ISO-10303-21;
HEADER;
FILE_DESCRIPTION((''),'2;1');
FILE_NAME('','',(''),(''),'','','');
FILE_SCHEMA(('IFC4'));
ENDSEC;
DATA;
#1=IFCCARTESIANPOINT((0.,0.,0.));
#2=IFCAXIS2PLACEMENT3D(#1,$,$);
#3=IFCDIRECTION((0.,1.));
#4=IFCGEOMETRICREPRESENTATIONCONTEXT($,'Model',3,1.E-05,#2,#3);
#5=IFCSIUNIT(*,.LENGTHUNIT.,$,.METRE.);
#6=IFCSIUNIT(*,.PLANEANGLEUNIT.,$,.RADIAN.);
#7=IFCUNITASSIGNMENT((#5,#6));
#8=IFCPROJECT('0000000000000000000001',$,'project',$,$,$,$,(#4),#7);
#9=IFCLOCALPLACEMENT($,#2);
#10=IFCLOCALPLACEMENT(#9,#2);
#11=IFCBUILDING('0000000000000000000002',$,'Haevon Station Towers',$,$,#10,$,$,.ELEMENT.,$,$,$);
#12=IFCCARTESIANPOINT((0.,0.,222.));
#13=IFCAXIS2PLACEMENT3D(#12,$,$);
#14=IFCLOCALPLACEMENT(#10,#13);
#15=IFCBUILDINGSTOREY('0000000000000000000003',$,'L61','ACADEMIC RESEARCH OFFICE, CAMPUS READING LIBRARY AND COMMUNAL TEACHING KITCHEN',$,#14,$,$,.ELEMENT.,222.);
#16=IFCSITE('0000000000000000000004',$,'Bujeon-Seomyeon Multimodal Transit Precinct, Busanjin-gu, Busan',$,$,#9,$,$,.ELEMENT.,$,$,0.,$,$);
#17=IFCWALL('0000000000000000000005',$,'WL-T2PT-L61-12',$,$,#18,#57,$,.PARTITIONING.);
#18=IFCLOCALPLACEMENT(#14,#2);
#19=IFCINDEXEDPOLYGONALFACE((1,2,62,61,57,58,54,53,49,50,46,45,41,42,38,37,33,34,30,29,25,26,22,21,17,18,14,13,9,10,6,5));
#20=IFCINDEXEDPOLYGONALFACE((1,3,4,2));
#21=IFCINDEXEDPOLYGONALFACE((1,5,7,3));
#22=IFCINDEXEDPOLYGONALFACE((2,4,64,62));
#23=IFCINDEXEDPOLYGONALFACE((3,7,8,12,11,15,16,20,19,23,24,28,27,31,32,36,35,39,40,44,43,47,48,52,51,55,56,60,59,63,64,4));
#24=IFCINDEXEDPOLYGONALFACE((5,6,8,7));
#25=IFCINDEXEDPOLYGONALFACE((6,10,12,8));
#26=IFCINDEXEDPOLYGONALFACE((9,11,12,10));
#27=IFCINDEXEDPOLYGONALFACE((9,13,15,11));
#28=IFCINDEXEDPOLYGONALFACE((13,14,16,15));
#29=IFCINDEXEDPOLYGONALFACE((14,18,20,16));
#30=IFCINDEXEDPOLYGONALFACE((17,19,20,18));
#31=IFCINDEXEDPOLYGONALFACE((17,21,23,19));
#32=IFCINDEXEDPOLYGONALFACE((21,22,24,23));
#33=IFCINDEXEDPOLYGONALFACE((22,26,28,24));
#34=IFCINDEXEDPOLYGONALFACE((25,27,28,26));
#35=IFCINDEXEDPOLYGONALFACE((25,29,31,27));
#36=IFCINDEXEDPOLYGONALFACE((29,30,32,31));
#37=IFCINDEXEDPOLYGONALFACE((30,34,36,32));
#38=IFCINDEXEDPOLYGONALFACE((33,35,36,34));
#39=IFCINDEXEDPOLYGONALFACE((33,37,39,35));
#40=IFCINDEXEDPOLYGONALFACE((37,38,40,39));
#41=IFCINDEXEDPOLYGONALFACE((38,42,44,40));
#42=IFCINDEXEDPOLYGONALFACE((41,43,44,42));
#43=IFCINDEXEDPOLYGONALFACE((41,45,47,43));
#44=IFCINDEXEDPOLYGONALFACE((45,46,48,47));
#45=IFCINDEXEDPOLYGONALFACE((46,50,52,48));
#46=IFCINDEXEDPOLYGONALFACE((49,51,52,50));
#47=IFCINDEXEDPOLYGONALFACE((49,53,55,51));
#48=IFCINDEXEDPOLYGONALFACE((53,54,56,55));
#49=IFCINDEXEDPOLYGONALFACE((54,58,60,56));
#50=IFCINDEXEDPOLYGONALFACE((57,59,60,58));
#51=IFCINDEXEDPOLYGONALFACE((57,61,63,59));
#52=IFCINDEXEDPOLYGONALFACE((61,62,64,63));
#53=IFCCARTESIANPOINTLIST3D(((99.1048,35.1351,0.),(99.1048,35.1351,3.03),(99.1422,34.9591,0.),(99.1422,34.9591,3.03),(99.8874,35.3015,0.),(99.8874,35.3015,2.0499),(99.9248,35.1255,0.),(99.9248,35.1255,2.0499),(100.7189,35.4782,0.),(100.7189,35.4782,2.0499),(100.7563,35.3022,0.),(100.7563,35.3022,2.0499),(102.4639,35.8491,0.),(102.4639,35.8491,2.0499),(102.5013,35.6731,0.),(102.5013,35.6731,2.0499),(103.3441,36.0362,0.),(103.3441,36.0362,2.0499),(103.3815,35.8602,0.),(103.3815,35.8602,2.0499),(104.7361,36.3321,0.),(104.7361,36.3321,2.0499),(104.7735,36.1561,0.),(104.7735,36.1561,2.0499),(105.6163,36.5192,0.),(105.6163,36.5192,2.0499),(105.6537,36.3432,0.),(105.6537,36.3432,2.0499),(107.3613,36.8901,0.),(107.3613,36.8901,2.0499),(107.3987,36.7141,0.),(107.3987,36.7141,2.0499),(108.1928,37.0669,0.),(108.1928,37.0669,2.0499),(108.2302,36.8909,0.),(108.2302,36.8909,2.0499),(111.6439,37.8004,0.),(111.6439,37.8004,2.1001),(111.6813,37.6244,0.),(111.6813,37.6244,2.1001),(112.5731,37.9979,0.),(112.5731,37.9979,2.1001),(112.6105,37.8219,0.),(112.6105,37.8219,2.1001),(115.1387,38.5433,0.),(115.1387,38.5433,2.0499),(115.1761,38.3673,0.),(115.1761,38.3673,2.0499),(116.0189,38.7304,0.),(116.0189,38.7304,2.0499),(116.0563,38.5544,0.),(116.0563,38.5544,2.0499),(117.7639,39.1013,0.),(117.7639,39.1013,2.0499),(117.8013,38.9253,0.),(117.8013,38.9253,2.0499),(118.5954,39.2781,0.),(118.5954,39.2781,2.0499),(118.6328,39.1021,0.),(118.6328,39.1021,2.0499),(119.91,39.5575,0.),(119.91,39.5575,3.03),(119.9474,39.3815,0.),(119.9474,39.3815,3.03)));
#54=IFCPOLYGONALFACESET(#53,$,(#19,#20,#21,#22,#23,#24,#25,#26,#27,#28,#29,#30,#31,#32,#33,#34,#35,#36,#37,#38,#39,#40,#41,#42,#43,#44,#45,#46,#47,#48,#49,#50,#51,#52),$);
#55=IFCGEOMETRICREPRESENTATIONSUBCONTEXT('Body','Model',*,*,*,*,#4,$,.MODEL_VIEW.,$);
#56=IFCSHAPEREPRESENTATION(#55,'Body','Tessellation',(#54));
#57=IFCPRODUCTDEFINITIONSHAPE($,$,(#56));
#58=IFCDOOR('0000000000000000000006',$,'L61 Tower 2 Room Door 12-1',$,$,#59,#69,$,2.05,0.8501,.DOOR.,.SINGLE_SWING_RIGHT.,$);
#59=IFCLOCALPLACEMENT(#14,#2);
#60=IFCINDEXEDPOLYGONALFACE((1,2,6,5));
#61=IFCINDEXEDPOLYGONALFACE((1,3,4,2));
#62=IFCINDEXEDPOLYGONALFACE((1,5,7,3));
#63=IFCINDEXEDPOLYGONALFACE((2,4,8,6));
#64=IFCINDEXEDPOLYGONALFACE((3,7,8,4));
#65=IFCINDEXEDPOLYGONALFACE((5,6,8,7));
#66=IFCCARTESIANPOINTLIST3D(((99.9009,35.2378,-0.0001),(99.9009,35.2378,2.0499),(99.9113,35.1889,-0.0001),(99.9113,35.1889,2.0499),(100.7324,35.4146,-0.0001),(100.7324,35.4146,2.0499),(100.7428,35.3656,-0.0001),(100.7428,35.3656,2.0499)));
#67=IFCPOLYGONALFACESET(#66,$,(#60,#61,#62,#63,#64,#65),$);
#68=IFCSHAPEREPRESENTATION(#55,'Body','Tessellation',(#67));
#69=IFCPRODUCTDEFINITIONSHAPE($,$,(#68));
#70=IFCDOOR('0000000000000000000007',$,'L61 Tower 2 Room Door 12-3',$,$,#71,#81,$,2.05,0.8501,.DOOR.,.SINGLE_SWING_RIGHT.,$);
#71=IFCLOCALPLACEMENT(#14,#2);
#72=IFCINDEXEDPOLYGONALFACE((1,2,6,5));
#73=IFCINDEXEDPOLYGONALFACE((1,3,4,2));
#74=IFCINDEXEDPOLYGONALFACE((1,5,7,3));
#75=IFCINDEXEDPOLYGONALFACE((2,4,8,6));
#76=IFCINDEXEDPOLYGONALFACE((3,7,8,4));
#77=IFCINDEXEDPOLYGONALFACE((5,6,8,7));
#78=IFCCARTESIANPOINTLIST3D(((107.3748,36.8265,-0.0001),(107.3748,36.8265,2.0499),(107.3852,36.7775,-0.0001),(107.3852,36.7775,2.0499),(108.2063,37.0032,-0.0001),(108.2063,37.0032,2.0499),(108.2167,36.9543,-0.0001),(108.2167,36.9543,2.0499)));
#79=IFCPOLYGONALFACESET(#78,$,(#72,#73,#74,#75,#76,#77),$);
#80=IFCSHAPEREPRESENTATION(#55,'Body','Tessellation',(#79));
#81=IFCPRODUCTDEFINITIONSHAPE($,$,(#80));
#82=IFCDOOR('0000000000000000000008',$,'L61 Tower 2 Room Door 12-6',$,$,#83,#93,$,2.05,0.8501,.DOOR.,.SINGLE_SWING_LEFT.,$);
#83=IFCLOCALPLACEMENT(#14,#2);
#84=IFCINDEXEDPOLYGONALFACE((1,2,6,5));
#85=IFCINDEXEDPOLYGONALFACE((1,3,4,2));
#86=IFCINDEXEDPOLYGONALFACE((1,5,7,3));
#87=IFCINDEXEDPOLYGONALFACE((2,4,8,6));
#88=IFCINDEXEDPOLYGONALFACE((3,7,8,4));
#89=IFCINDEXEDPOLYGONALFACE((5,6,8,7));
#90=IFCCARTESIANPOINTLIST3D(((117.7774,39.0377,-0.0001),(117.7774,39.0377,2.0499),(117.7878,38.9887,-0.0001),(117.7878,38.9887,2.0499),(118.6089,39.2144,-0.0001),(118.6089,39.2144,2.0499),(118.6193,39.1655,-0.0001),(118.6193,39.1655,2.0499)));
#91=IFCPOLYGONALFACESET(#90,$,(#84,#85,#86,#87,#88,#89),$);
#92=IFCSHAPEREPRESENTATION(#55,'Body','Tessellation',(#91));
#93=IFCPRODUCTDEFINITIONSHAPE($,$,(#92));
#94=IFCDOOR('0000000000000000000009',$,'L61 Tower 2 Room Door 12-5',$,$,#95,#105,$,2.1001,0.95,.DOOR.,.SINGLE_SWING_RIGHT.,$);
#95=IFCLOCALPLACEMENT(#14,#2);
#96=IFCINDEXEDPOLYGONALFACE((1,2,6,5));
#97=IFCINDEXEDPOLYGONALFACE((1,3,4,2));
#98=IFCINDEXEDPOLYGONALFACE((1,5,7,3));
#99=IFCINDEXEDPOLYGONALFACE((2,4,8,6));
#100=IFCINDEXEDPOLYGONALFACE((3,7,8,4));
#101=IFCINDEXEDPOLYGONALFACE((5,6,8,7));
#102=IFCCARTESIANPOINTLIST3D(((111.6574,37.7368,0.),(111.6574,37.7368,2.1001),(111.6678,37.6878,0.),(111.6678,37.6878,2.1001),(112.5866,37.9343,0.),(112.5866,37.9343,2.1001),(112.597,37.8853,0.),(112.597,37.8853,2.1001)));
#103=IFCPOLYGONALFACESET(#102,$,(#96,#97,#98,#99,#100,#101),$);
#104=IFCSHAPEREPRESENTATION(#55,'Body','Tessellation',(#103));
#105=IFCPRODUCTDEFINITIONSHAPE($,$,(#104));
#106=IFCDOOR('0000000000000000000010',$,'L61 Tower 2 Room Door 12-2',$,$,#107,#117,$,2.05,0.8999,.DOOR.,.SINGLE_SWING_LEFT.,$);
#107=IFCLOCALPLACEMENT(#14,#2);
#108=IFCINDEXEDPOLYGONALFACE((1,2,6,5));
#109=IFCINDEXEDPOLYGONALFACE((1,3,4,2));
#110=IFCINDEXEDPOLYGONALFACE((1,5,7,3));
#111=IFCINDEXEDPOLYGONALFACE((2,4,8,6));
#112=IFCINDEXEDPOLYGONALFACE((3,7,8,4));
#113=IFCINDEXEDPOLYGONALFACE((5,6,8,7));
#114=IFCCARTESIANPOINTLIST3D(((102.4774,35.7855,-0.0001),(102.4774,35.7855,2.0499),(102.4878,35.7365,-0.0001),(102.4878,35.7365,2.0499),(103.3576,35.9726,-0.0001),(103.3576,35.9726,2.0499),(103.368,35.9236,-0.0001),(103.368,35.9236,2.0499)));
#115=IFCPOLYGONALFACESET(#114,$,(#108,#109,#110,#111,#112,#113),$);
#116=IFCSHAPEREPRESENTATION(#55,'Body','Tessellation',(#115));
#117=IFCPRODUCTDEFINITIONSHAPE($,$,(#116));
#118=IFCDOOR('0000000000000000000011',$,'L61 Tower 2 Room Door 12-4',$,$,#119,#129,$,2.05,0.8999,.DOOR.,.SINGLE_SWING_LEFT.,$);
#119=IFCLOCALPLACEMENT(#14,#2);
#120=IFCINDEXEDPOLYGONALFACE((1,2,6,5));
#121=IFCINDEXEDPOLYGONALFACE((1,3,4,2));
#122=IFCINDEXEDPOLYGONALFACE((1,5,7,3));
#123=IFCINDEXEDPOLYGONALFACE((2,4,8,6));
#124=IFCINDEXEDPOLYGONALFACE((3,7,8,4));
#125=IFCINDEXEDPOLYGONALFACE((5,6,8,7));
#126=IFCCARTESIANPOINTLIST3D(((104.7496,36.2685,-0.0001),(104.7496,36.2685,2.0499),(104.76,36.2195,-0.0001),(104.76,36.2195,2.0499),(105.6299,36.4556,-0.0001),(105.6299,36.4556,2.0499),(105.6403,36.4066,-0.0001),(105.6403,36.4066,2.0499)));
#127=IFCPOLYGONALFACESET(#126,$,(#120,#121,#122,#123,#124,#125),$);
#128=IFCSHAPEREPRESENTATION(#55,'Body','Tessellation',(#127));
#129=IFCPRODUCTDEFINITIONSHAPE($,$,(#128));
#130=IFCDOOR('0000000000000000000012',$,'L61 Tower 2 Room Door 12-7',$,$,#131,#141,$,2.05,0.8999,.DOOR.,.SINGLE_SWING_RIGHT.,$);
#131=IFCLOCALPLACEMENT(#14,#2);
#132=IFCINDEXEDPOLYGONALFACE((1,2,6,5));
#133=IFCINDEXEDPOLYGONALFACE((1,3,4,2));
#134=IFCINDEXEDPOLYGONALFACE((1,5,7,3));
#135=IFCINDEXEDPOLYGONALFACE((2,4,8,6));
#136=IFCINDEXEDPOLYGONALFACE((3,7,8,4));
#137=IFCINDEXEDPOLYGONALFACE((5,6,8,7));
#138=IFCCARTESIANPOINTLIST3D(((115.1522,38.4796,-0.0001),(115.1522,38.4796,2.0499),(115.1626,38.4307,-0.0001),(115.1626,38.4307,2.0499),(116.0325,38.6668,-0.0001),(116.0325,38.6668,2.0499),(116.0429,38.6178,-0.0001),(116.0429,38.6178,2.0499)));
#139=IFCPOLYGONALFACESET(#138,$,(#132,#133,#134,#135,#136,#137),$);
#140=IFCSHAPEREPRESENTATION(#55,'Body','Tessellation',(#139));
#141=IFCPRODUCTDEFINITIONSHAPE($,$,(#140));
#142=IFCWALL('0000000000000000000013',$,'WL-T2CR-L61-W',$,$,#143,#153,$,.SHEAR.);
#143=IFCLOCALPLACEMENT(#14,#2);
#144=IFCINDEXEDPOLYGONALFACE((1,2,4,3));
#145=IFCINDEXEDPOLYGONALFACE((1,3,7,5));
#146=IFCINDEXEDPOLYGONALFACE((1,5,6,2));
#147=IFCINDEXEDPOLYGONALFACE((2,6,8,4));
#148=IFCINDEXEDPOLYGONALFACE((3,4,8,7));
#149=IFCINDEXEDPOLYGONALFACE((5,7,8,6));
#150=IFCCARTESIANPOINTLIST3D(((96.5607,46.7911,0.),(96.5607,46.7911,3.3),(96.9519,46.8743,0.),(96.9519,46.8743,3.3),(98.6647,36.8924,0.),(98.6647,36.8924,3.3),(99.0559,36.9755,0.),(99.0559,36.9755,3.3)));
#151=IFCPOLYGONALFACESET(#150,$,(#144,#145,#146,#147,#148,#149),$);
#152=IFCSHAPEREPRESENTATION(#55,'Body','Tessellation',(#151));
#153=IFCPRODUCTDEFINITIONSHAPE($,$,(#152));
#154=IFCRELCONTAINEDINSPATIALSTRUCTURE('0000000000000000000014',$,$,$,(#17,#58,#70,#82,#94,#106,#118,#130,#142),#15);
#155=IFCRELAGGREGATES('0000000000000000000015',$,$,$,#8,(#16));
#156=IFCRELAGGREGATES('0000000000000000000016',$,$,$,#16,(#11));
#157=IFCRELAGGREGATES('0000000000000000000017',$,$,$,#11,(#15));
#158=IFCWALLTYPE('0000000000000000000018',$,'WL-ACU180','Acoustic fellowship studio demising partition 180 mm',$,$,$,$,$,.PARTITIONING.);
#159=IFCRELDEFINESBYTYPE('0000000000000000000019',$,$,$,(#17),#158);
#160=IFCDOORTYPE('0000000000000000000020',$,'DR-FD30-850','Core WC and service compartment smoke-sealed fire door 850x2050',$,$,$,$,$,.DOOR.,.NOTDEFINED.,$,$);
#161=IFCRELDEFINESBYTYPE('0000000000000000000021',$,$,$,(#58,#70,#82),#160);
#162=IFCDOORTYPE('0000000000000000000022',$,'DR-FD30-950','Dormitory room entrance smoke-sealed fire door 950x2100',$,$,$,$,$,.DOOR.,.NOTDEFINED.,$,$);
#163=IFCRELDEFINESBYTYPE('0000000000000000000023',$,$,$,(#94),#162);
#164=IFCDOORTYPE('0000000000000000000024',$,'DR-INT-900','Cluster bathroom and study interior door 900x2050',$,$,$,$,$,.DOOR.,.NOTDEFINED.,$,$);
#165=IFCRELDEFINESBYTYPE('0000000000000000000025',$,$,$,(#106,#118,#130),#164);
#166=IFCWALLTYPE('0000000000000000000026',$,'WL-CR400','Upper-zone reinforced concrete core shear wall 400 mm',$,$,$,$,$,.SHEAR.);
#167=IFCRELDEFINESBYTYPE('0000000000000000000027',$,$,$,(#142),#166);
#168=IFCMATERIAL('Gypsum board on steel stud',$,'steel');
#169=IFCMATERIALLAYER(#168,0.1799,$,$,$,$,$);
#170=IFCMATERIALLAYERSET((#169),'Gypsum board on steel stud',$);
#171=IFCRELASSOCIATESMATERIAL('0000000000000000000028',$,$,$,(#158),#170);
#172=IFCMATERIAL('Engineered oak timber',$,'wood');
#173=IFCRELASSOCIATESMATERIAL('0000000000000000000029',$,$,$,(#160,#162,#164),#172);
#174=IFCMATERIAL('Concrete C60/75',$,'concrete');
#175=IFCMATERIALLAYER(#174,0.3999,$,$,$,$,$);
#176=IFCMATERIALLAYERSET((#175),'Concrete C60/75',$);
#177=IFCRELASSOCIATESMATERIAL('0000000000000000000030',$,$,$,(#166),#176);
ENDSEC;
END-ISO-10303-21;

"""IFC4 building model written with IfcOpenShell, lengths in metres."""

from ifc_helpers import new_model, si_unit, direction, frame, frame_2d, origin, place, context, subcontext, project, spatial, rectangle, extrude, material, layer, layer_set, type_object, element, fill, save


model = new_model("IFC4")

# Units and contexts
model_context = context("Model", 3, precision=1e-05, world=origin(), true_north=direction((0.0, 1.0)))
body_context = subcontext(model_context, "Body", "Model", "MODEL_VIEW")
ifc_project = project(units=[si_unit("LENGTHUNIT", "METRE"), si_unit("PLANEANGLEUNIT", "RADIAN")], contexts=[model_context])

# Site, building, storey
site_placement = place(None, origin())
site = spatial("IfcSite", under=ifc_project, at=site_placement, Name="Bujeon-Seomyeon Multimodal Transit Precinct, Busanjin-gu, Busan", CompositionType="ELEMENT", RefElevation=0.0)
building_placement = place(site_placement, origin())
building = spatial("IfcBuilding", under=site, at=building_placement, Name="Haevon Station Towers", CompositionType="ELEMENT")
storey_placement = place(building_placement, frame((0.0, 0.0, 222.0)))
storey = spatial("IfcBuildingStorey", under=building, at=storey_placement, Name="L61", Description="ACADEMIC RESEARCH OFFICE, CAMPUS READING LIBRARY AND COMMUNAL TEACHING KITCHEN", CompositionType="ELEMENT", Elevation=222.0)

# Wall, openings, doors
ifc_material_1 = material(Name="Gypsum board on steel stud", Category="steel")
ifc_layer_1 = layer(ifc_material_1, 0.1799)
ifc_layer_set_1 = layer_set([ifc_layer_1], Name="Gypsum board on steel stud")
wall_type_1 = type_object("IfcWallType", Name="WL-ACU180", Description="Acoustic fellowship studio demising partition 180 mm", PredefinedType="PARTITIONING", material=ifc_layer_set_1)
wall_1_placement = place(storey_placement, frame((99.1235, 35.0471, 0.0), z_axis=(0.0, 0.0, 1.0), x_axis=(0.978147, 0.207916, 0.0)))
wall_1 = element("IfcWall", 1, at=wall_1_placement, inside=storey, type_object=wall_type_1, Name="WL-T2PT-L61-12", PredefinedType="PARTITIONING", context=body_context, shape_type="SweptSolid", body=[
    extrude(rectangle(XDim=21.27, YDim=0.1799, at=frame_2d((10.635, 0.0))), origin(), (0.0, 0.0, 1.0), 3.03),
])
opening_1_placement = place(wall_1_placement, frame((0.8, 0.0, 0.0)))
opening_1 = element("IfcOpeningElement", 2, at=opening_1_placement, cuts=wall_1, PredefinedType="OPENING", context=body_context, shape_type="SweptSolid", body=[
    extrude(rectangle(XDim=0.8501, YDim=2.05, at=frame_2d((0.425, 1.0249))), frame((0.0, 0.0999, 0.0), z_axis=(0.0, -1.0, 0.0), x_axis=(1.0, 0.0, 0.0)), (0.0, 0.0, 1.0), 0.2),
])
opening_2_placement = place(wall_1_placement, frame((3.4341, 0.0, 0.0)))
opening_2 = element("IfcOpeningElement", 3, at=opening_2_placement, cuts=wall_1, PredefinedType="OPENING", context=body_context, shape_type="SweptSolid", body=[
    extrude(rectangle(XDim=0.8999, YDim=2.05, at=frame_2d((0.45, 1.0249))), frame((0.0, 0.0999, 0.0), z_axis=(0.0, -1.0, 0.0), x_axis=(1.0, 0.0, 0.0)), (0.0, 0.0, 1.0), 0.2),
])
opening_3_placement = place(wall_1_placement, frame((8.4409, 0.0, 0.0)))
opening_3 = element("IfcOpeningElement", 4, at=opening_3_placement, cuts=wall_1, PredefinedType="OPENING", context=body_context, shape_type="SweptSolid", body=[
    extrude(rectangle(XDim=0.8501, YDim=2.05, at=frame_2d((0.425, 1.0249))), frame((0.0, 0.0999, 0.0), z_axis=(0.0, -1.0, 0.0), x_axis=(1.0, 0.0, 0.0)), (0.0, 0.0, 1.0), 0.2),
])
opening_4_placement = place(wall_1_placement, frame((5.7571, 0.0, 0.0)))
opening_4 = element("IfcOpeningElement", 5, at=opening_4_placement, cuts=wall_1, PredefinedType="OPENING", context=body_context, shape_type="SweptSolid", body=[
    extrude(rectangle(XDim=0.8999, YDim=2.05, at=frame_2d((0.45, 1.0249))), frame((0.0, 0.0999, 0.0), z_axis=(0.0, -1.0, 0.0), x_axis=(1.0, 0.0, 0.0)), (0.0, 0.0, 1.0), 0.2),
])
opening_5_placement = place(wall_1_placement, frame((12.8191, 0.0, 0.0)))
opening_5 = element("IfcOpeningElement", 6, at=opening_5_placement, cuts=wall_1, PredefinedType="OPENING", context=body_context, shape_type="SweptSolid", body=[
    extrude(rectangle(XDim=0.95, YDim=2.1001, at=frame_2d((0.4751, 1.05))), frame((0.0, 0.0999, 0.0), z_axis=(0.0, -1.0, 0.0), x_axis=(1.0, 0.0, 0.0)), (0.0, 0.0, 1.0), 0.2),
])
opening_6_placement = place(wall_1_placement, frame((19.0759, 0.0, 0.0)))
opening_6 = element("IfcOpeningElement", 7, at=opening_6_placement, cuts=wall_1, PredefinedType="OPENING", context=body_context, shape_type="SweptSolid", body=[
    extrude(rectangle(XDim=0.8501, YDim=2.05, at=frame_2d((0.425, 1.0249))), frame((0.0, 0.0999, 0.0), z_axis=(0.0, -1.0, 0.0), x_axis=(1.0, 0.0, 0.0)), (0.0, 0.0, 1.0), 0.2),
])
opening_7_placement = place(wall_1_placement, frame((16.3921, 0.0, 0.0)))
opening_7 = element("IfcOpeningElement", 8, at=opening_7_placement, cuts=wall_1, PredefinedType="OPENING", context=body_context, shape_type="SweptSolid", body=[
    extrude(rectangle(XDim=0.8999, YDim=2.05, at=frame_2d((0.45, 1.0249))), frame((0.0, 0.0999, 0.0), z_axis=(0.0, -1.0, 0.0), x_axis=(1.0, 0.0, 0.0)), (0.0, 0.0, 1.0), 0.2),
])
ifc_material_2 = material(Name="Engineered oak timber", Category="wood")
door_type_1 = type_object("IfcDoorType", Name="DR-FD30-850", Description="Core WC and service compartment smoke-sealed fire door 850x2050", OperationType="NOTDEFINED", PredefinedType="DOOR", material=ifc_material_2)
door_1_placement = place(opening_1_placement, origin())
door_1 = element("IfcDoor", 9, at=door_1_placement, inside=storey, type_object=door_type_1, Name="L61 Tower 2 Room Door 12-1", OperationType="SINGLE_SWING_RIGHT", OverallHeight=2.05, OverallWidth=0.8501, PredefinedType="DOOR", context=body_context, shape_type="SweptSolid", body=[
    extrude(rectangle(XDim=0.8501, YDim=2.05, at=frame_2d((0.425, 1.0249))), frame((0.0, 0.0249, 0.0), z_axis=(0.0, -1.0, 0.0), x_axis=(1.0, 0.0, 0.0)), (0.0, 0.0, 1.0), 0.05),
])
fill(opening_1, door_1)
door_2_placement = place(opening_3_placement, origin())
door_2 = element("IfcDoor", 10, at=door_2_placement, inside=storey, type_object=door_type_1, Name="L61 Tower 2 Room Door 12-3", OperationType="SINGLE_SWING_RIGHT", OverallHeight=2.05, OverallWidth=0.8501, PredefinedType="DOOR", context=body_context, shape_type="SweptSolid", body=[
    extrude(rectangle(XDim=0.8501, YDim=2.05, at=frame_2d((0.425, 1.0249))), frame((0.0, 0.0249, 0.0), z_axis=(0.0, -1.0, 0.0), x_axis=(1.0, 0.0, 0.0)), (0.0, 0.0, 1.0), 0.05),
])
fill(opening_3, door_2)
door_3_placement = place(opening_6_placement, origin())
door_3 = element("IfcDoor", 11, at=door_3_placement, inside=storey, type_object=door_type_1, Name="L61 Tower 2 Room Door 12-6", OperationType="SINGLE_SWING_LEFT", OverallHeight=2.05, OverallWidth=0.8501, PredefinedType="DOOR", context=body_context, shape_type="SweptSolid", body=[
    extrude(rectangle(XDim=0.8501, YDim=2.05, at=frame_2d((0.425, 1.0249))), frame((0.0, 0.0249, 0.0), z_axis=(0.0, -1.0, 0.0), x_axis=(1.0, 0.0, 0.0)), (0.0, 0.0, 1.0), 0.05),
])
fill(opening_6, door_3)
door_type_2 = type_object("IfcDoorType", Name="DR-FD30-950", Description="Dormitory room entrance smoke-sealed fire door 950x2100", OperationType="NOTDEFINED", PredefinedType="DOOR", material=ifc_material_2)
door_4_placement = place(opening_5_placement, origin())
door_4 = element("IfcDoor", 12, at=door_4_placement, inside=storey, type_object=door_type_2, Name="L61 Tower 2 Room Door 12-5", OperationType="SINGLE_SWING_RIGHT", OverallHeight=2.1001, OverallWidth=0.95, PredefinedType="DOOR", context=body_context, shape_type="SweptSolid", body=[
    extrude(rectangle(XDim=0.95, YDim=2.1001, at=frame_2d((0.4751, 1.05))), frame((0.0, 0.0249, 0.0), z_axis=(0.0, -1.0, 0.0), x_axis=(1.0, 0.0, 0.0)), (0.0, 0.0, 1.0), 0.05),
])
fill(opening_5, door_4)
door_type_3 = type_object("IfcDoorType", Name="DR-INT-900", Description="Cluster bathroom and study interior door 900x2050", OperationType="NOTDEFINED", PredefinedType="DOOR", material=ifc_material_2)
door_5_placement = place(opening_2_placement, origin())
door_5 = element("IfcDoor", 13, at=door_5_placement, inside=storey, type_object=door_type_3, Name="L61 Tower 2 Room Door 12-2", OperationType="SINGLE_SWING_LEFT", OverallHeight=2.05, OverallWidth=0.8999, PredefinedType="DOOR", context=body_context, shape_type="SweptSolid", body=[
    extrude(rectangle(XDim=0.8999, YDim=2.05, at=frame_2d((0.45, 1.0249))), frame((0.0, 0.0249, 0.0), z_axis=(0.0, -1.0, 0.0), x_axis=(1.0, 0.0, 0.0)), (0.0, 0.0, 1.0), 0.05),
])
fill(opening_2, door_5)
door_6_placement = place(opening_4_placement, origin())
door_6 = element("IfcDoor", 14, at=door_6_placement, inside=storey, type_object=door_type_3, Name="L61 Tower 2 Room Door 12-4", OperationType="SINGLE_SWING_LEFT", OverallHeight=2.05, OverallWidth=0.8999, PredefinedType="DOOR", context=body_context, shape_type="SweptSolid", body=[
    extrude(rectangle(XDim=0.8999, YDim=2.05, at=frame_2d((0.45, 1.0249))), frame((0.0, 0.0249, 0.0), z_axis=(0.0, -1.0, 0.0), x_axis=(1.0, 0.0, 0.0)), (0.0, 0.0, 1.0), 0.05),
])
fill(opening_4, door_6)
door_7_placement = place(opening_7_placement, origin())
door_7 = element("IfcDoor", 15, at=door_7_placement, inside=storey, type_object=door_type_3, Name="L61 Tower 2 Room Door 12-7", OperationType="SINGLE_SWING_RIGHT", OverallHeight=2.05, OverallWidth=0.8999, PredefinedType="DOOR", context=body_context, shape_type="SweptSolid", body=[
    extrude(rectangle(XDim=0.8999, YDim=2.05, at=frame_2d((0.45, 1.0249))), frame((0.0, 0.0249, 0.0), z_axis=(0.0, -1.0, 0.0), x_axis=(1.0, 0.0, 0.0)), (0.0, 0.0, 1.0), 0.05),
])
fill(opening_7, door_7)

# Wall
ifc_material_3 = material(Name="Concrete C60/75", Category="concrete")
ifc_layer_2 = layer(ifc_material_3, 0.3999)
ifc_layer_set_2 = layer_set([ifc_layer_2], Name="Concrete C60/75")
wall_type_2 = type_object("IfcWallType", Name="WL-CR400", Description="Upper-zone reinforced concrete core shear wall 400 mm", PredefinedType="SHEAR", material=ifc_layer_set_2)
wall_2_placement = place(storey_placement, frame((98.8604, 36.9338, 0.0), z_axis=(0.0, 0.0, 1.0), x_axis=(-0.207909, 0.978148, 0.0)))
element("IfcWall", 16, at=wall_2_placement, inside=storey, type_object=wall_type_2, Name="WL-T2CR-L61-W", PredefinedType="SHEAR", context=body_context, shape_type="SweptSolid", body=[
    extrude(rectangle(XDim=10.1199, YDim=0.3999, at=frame_2d((5.0601, 0.0))), origin(), (0.0, 0.0, 1.0), 3.3),
])

save(model, "model.ifc")
